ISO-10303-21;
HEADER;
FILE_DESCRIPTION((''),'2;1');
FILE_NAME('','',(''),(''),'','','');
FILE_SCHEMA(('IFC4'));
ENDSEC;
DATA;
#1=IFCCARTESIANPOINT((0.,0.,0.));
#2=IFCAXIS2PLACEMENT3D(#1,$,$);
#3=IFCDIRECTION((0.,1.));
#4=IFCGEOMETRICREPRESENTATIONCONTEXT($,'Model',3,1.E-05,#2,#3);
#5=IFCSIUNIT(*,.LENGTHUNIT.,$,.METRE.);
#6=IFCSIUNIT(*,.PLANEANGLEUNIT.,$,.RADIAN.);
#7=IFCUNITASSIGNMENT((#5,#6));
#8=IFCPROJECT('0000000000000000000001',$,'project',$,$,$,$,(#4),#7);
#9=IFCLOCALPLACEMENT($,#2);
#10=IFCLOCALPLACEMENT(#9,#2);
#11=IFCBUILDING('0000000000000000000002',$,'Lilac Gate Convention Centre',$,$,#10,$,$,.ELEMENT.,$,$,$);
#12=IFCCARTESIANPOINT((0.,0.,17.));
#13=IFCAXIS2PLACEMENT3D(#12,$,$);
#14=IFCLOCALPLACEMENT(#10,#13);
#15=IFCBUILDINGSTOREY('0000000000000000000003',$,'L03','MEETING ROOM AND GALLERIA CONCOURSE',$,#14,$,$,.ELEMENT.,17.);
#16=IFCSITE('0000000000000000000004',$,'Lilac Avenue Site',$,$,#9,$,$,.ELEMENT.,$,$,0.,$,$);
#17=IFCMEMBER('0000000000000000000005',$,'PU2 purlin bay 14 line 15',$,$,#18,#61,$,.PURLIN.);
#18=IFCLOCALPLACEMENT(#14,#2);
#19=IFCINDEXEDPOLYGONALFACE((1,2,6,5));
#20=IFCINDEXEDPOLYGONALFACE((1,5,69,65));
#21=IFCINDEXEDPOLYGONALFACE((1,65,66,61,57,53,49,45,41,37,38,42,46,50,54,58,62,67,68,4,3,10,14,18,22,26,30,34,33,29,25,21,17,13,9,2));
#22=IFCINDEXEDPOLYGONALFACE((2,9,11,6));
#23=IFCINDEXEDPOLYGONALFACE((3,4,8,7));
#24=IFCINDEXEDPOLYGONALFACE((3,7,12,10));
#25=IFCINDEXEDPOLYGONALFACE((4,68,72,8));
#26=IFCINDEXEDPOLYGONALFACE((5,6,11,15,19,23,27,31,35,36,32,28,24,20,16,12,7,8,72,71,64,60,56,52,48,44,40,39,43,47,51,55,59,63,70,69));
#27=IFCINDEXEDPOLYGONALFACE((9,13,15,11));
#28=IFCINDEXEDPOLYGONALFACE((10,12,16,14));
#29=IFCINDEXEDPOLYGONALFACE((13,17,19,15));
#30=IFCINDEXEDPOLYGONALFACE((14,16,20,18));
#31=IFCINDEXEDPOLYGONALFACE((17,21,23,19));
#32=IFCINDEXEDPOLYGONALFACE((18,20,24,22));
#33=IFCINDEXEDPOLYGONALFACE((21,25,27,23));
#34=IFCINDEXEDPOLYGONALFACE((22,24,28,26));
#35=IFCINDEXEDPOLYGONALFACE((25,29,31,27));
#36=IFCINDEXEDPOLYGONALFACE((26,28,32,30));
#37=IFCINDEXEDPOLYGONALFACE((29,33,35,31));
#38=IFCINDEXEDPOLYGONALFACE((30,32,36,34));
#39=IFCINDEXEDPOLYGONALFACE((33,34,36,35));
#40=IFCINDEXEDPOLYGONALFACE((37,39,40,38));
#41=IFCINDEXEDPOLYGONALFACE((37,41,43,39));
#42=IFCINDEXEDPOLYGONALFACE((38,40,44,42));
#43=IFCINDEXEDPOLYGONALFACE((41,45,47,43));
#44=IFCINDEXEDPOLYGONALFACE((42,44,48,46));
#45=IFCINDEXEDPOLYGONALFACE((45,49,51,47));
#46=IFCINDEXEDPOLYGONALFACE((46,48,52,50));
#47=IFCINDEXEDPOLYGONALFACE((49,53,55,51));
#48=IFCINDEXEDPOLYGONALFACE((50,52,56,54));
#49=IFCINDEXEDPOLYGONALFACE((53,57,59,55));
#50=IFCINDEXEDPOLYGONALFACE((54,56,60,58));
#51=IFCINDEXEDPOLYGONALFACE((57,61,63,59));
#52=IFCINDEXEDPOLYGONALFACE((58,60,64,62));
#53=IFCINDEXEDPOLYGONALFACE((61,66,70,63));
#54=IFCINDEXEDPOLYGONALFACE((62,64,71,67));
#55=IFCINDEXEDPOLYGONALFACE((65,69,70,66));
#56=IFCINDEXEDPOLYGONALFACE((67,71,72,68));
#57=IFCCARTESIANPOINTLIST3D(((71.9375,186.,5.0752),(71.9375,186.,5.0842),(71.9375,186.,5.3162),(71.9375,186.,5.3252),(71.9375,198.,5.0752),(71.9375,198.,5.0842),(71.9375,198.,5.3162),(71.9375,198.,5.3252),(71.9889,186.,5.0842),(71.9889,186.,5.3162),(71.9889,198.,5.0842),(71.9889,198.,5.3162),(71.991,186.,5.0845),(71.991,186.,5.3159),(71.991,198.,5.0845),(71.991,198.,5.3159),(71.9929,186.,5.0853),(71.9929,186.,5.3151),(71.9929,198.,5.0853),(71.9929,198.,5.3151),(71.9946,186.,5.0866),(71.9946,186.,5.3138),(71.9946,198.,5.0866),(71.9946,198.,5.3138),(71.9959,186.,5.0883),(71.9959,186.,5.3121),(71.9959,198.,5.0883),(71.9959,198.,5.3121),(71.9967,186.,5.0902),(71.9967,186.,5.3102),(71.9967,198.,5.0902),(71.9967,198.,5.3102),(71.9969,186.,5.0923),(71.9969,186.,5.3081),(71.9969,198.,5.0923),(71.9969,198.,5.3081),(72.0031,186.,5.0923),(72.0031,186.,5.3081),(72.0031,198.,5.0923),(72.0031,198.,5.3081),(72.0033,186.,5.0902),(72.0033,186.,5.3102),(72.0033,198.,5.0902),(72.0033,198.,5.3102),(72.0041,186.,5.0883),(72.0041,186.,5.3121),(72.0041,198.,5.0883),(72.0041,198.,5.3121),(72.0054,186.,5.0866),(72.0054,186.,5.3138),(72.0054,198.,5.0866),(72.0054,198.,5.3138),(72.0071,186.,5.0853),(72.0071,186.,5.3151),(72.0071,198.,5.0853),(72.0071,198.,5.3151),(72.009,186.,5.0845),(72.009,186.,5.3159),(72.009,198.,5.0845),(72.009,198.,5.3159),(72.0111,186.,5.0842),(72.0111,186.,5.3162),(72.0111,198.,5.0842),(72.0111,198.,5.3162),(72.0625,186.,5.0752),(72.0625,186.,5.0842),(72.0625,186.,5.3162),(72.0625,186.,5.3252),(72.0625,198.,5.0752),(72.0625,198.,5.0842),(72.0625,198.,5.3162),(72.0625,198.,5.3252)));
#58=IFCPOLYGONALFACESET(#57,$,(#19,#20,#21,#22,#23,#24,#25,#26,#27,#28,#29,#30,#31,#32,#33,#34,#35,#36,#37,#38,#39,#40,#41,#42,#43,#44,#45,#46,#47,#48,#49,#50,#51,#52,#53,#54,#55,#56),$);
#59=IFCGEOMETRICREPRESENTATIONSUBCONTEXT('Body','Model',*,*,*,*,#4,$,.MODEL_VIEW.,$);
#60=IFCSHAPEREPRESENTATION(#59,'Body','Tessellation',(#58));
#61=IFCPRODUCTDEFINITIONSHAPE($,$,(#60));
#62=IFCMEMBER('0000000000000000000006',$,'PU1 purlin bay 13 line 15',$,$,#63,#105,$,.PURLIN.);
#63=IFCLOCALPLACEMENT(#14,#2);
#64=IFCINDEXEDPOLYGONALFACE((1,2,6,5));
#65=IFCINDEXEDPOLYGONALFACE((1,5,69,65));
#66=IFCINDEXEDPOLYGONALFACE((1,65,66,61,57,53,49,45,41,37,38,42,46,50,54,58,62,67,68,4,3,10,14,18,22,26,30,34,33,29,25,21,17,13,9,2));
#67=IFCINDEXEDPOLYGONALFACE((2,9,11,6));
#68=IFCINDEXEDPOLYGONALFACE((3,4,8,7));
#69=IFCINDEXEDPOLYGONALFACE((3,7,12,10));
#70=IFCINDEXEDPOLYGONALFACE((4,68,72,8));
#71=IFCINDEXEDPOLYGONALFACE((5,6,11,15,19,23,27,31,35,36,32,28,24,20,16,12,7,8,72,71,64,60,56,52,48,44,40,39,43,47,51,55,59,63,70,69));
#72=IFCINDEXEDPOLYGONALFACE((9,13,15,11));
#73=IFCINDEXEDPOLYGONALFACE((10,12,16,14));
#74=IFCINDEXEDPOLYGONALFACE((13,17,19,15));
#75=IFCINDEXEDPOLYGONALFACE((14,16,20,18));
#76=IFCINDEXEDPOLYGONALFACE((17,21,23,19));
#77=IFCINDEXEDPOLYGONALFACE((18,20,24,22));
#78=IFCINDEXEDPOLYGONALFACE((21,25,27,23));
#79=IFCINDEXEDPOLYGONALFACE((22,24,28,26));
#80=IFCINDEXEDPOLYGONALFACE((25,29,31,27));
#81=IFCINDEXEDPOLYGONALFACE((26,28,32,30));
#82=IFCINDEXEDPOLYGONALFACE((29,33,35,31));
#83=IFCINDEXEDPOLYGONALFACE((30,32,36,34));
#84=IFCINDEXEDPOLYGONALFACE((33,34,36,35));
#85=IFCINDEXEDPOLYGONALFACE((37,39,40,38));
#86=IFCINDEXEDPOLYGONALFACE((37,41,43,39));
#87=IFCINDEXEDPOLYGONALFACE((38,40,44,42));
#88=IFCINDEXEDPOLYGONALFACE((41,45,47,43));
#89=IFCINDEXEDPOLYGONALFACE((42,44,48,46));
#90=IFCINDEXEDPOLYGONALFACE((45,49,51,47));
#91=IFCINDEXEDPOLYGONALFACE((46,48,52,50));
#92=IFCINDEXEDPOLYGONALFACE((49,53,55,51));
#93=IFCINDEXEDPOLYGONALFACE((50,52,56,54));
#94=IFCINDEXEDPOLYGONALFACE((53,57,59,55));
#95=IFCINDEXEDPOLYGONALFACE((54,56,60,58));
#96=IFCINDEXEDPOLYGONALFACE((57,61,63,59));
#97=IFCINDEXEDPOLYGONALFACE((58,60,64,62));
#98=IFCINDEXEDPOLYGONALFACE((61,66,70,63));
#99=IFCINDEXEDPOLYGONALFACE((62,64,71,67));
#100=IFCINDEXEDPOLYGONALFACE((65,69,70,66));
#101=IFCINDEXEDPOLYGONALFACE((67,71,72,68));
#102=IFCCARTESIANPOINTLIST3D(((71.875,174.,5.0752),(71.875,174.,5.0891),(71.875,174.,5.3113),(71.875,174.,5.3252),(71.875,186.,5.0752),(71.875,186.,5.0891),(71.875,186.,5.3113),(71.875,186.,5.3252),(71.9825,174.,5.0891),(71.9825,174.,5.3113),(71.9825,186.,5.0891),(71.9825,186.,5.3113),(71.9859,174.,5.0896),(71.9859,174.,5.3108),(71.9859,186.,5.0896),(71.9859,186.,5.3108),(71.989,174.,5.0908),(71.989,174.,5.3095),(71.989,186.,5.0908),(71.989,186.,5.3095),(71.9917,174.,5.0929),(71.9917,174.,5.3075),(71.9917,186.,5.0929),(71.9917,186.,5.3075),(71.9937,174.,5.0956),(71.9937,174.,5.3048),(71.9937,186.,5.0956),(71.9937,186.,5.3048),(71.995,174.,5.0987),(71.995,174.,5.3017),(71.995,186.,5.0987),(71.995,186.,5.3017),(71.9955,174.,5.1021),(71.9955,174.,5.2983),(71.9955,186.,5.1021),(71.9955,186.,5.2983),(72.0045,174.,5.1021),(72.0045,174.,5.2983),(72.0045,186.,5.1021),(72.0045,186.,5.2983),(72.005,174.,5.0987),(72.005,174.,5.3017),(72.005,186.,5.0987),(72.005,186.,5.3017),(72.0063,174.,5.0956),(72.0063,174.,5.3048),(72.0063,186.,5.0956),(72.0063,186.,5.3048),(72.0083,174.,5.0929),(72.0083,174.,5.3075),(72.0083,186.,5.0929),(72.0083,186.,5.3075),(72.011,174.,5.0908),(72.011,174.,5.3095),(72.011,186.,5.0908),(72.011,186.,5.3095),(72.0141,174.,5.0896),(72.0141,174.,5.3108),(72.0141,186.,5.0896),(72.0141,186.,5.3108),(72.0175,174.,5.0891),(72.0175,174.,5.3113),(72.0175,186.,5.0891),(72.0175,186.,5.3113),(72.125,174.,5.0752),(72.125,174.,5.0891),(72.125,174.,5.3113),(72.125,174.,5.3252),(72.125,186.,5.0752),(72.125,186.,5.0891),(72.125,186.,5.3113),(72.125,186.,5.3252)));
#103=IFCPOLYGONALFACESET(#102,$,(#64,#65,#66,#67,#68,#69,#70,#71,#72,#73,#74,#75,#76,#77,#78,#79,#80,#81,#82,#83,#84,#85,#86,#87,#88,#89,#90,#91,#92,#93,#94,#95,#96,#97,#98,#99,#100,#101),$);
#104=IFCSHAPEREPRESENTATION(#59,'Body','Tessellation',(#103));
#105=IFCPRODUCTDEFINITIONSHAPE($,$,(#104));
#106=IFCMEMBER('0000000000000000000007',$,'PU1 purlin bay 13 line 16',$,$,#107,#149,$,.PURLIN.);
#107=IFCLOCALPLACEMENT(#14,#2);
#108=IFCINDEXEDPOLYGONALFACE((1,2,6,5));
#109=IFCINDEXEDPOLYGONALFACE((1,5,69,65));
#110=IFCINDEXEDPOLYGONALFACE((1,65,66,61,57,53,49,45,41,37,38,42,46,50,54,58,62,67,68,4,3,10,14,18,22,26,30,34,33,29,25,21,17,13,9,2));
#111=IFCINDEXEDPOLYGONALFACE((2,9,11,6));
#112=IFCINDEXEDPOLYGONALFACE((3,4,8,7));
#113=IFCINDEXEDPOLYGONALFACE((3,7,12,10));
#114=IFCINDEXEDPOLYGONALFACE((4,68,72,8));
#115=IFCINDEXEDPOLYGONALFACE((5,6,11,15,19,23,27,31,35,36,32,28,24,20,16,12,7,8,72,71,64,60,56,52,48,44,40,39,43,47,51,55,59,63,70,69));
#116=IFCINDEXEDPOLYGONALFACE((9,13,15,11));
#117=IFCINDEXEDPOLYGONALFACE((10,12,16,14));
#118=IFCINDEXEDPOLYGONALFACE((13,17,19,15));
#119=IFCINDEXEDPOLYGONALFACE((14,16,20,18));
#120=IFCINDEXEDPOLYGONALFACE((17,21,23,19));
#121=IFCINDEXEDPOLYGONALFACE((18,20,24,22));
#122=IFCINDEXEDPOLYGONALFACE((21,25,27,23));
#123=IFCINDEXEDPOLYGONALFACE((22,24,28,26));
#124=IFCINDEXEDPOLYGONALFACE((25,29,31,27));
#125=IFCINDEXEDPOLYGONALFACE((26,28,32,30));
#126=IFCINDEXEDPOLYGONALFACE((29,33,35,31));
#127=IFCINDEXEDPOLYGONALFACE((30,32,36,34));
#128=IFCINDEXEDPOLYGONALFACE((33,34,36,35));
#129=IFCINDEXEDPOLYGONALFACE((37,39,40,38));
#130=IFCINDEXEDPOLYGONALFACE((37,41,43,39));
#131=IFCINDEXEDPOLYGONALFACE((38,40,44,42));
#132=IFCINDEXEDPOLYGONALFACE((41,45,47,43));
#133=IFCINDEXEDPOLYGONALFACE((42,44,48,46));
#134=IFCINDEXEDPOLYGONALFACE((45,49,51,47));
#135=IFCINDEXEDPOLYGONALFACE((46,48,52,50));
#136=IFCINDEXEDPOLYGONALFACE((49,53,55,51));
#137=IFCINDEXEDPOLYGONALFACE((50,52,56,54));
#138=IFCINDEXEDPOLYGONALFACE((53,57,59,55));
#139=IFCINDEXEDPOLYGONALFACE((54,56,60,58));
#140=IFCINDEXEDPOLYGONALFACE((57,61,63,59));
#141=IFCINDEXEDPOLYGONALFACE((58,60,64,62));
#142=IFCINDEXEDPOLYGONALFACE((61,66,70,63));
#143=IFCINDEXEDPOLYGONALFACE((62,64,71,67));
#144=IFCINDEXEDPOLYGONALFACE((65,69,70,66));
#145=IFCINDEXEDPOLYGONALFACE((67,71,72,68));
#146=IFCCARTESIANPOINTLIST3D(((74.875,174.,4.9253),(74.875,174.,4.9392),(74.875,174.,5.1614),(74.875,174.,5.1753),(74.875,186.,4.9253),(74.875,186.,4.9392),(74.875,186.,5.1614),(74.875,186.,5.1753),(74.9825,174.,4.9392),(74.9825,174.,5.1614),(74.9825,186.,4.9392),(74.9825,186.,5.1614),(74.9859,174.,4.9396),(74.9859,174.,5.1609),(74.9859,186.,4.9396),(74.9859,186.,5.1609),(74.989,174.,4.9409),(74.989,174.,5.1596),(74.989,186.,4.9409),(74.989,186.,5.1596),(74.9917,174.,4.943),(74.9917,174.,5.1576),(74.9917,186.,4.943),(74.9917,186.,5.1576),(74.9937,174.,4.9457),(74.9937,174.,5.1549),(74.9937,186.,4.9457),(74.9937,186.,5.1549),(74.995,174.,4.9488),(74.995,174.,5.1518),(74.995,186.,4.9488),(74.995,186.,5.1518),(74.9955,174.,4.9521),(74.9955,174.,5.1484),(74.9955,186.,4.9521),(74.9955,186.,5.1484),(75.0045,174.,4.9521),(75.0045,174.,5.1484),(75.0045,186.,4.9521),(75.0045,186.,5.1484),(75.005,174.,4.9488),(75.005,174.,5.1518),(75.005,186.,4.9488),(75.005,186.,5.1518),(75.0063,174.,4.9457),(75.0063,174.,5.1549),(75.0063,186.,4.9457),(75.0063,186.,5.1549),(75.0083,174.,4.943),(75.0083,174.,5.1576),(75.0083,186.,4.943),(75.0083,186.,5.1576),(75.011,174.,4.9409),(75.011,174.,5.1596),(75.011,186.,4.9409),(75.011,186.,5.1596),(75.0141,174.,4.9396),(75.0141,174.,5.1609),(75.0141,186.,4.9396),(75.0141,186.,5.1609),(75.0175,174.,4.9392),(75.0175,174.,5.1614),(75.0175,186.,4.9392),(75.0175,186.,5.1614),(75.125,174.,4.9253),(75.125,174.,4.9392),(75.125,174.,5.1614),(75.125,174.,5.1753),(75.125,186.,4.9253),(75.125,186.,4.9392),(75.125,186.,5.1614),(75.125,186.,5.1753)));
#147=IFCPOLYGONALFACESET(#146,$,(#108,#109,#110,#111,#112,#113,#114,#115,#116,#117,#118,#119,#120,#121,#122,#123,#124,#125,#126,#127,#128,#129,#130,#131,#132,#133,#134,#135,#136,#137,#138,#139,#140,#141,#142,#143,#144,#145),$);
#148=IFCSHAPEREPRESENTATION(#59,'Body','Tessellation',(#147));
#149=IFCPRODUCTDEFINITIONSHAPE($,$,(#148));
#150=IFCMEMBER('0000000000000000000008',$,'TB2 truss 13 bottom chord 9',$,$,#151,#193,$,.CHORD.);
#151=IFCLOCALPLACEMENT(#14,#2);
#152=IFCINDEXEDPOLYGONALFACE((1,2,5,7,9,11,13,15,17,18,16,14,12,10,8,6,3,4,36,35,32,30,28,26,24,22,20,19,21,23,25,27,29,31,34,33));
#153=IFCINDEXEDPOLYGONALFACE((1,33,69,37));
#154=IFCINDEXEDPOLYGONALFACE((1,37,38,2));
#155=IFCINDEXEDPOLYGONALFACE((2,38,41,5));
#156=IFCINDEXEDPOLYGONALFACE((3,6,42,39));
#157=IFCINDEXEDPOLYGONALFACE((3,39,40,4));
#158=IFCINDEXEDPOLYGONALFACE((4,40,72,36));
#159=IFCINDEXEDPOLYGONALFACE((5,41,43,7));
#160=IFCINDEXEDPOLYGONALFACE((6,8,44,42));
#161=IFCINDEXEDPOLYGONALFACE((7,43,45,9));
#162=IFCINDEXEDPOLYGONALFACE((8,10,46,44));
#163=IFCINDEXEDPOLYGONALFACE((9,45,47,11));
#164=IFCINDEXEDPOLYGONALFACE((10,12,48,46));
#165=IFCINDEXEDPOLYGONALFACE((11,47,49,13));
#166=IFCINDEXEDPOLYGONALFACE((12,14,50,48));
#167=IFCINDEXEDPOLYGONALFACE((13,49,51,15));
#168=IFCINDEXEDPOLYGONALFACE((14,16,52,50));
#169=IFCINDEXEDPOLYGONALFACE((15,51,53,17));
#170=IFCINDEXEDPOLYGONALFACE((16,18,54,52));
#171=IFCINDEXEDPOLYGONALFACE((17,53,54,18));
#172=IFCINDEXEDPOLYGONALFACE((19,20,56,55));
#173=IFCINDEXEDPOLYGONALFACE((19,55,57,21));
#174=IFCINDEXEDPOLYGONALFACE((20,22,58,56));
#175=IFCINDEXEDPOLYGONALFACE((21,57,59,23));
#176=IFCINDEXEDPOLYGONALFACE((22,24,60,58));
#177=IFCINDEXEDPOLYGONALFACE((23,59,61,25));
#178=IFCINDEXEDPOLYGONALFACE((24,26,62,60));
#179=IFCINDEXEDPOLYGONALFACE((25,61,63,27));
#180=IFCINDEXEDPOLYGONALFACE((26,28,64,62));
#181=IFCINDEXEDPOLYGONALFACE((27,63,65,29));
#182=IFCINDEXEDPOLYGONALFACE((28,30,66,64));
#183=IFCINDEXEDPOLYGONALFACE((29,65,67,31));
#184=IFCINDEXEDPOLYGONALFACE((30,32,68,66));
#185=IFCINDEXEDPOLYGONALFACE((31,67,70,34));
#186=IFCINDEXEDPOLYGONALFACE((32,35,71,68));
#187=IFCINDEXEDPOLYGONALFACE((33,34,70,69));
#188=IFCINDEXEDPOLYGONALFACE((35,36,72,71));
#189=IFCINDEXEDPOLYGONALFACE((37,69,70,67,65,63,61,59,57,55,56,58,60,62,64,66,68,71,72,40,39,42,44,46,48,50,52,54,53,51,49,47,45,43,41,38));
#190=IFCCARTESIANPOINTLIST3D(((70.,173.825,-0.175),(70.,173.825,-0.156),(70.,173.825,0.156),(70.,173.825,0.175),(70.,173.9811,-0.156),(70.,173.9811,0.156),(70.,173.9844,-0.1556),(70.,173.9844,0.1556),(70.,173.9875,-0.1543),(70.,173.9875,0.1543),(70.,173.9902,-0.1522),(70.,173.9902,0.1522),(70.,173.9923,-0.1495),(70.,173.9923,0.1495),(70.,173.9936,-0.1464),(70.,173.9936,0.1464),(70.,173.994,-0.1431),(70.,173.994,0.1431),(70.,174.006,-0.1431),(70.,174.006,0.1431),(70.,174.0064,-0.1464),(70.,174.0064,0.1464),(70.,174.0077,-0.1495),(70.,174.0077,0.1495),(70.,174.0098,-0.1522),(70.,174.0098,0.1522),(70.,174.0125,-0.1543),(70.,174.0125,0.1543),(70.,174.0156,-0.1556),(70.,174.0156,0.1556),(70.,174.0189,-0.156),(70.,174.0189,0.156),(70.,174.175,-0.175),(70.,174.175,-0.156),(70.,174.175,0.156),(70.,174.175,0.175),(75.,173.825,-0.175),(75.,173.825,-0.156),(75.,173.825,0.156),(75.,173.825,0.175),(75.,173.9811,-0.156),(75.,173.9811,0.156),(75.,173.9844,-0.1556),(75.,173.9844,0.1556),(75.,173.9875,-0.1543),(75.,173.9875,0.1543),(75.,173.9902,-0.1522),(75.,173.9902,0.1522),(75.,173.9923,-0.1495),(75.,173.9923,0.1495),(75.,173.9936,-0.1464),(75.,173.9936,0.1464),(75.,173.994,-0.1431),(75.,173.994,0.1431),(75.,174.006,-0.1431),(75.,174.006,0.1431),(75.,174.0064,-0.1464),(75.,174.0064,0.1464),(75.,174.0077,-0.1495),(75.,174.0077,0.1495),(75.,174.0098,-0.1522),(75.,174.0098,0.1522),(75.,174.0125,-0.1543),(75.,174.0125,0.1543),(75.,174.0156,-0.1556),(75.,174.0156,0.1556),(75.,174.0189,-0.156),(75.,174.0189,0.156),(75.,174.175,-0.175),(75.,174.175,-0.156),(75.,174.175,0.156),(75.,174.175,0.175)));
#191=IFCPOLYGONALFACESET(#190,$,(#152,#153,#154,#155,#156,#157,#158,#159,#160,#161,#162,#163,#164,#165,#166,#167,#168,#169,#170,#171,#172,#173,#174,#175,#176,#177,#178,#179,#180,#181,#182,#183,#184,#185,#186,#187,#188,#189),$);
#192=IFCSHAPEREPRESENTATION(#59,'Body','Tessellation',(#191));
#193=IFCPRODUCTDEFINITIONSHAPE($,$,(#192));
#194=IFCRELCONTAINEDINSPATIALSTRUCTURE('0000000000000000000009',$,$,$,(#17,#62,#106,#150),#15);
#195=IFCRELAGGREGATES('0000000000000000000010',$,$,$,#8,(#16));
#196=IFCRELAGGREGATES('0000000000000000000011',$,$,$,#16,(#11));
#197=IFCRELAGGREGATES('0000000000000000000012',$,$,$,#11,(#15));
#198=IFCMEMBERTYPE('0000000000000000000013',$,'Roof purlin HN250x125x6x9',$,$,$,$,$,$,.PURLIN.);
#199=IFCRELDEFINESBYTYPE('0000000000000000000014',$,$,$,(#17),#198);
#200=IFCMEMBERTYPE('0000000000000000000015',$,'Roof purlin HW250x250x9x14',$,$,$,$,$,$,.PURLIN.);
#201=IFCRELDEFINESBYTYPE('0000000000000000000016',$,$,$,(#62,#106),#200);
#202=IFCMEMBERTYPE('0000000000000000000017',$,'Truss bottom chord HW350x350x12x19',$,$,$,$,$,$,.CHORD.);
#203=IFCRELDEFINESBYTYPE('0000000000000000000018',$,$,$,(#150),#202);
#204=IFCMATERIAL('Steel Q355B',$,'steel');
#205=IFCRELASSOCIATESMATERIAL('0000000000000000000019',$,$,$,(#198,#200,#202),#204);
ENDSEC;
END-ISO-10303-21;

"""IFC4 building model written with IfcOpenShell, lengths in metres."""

from ifc_helpers import new_model, si_unit, direction, frame, origin, origin_2d, place, context, subcontext, project, spatial, i_section, extrude, material, material_profile, profile_set, type_object, element, save


model = new_model("IFC4")

# Units and contexts
model_context = context("Model", 3, precision=1e-05, world=origin(), true_north=direction((0.0, 1.0)))
body_context = subcontext(model_context, "Body", "Model", "MODEL_VIEW")
ifc_project = project(units=[si_unit("LENGTHUNIT", "METRE"), si_unit("PLANEANGLEUNIT", "RADIAN")], contexts=[model_context])

# Site, building, storey
site_placement = place(None, origin())
site = spatial("IfcSite", under=ifc_project, at=site_placement, Name="Lilac Avenue Site", CompositionType="ELEMENT", RefElevation=0.0)
building_placement = place(site_placement, origin())
building = spatial("IfcBuilding", under=site, at=building_placement, Name="Lilac Gate Convention Centre", CompositionType="ELEMENT")
storey_placement = place(building_placement, frame((0.0, 0.0, 17.0)))
storey = spatial("IfcBuildingStorey", under=building, at=storey_placement, Name="L03", Description="MEETING ROOM AND GALLERIA CONCOURSE", CompositionType="ELEMENT", Elevation=17.0)

# Members
ifc_material = material(Name="Steel Q355B", Category="steel")
ifc_material_profile_1 = material_profile(ifc_material, i_section(OverallWidth=0.125, OverallDepth=0.25, WebThickness=0.0061, FlangeThickness=0.009, FilletRadius=0.0081, at=origin_2d()), Name="HN250x125x6x9")
ifc_profile_set_1 = profile_set([ifc_material_profile_1], Name="Steel Q355B")
member_type_1 = type_object("IfcMemberType", Name="Roof purlin HN250x125x6x9", PredefinedType="PURLIN", material=ifc_profile_set_1)
member_1_placement = place(storey_placement, frame((72.0, 186.0, 5.2002), z_axis=(0.0, 1.0, 0.0), x_axis=(-1.0, 0.0, 0.0)))
element("IfcMember", 1, at=member_1_placement, inside=storey, type_object=member_type_1, Name="PU2 purlin bay 14 line 15", PredefinedType="PURLIN", context=body_context, shape_type="SweptSolid", body=[
    extrude(i_section(OverallWidth=0.125, OverallDepth=0.25, WebThickness=0.0061, FlangeThickness=0.009, FilletRadius=0.0081, at=origin_2d()), origin(), (0.0, 0.0, 1.0), 12.0),
])
ifc_material_profile_2 = material_profile(ifc_material, i_section(OverallWidth=0.25, OverallDepth=0.25, WebThickness=0.009, FlangeThickness=0.0139, FilletRadius=0.0129, at=origin_2d()), Name="HW250x250x9x14")
ifc_profile_set_2 = profile_set([ifc_material_profile_2], Name="Steel Q355B")
member_type_2 = type_object("IfcMemberType", Name="Roof purlin HW250x250x9x14", PredefinedType="PURLIN", material=ifc_profile_set_2)
for number, where, z_axis, x_axis, name in (
    (2, (72.0, 174.0, 5.2002), (0.0, 1.0, 0.0), (-1.0, 0.0, 0.0), "PU1 purlin bay 13 line 15"),
    (3, (75.0, 174.0, 5.0503), (0.0, 1.0, 0.0), (-1.0, 0.0, 0.0), "PU1 purlin bay 13 line 16"),
):
    element("IfcMember", number, at=place(storey_placement, frame(where, z_axis=z_axis, x_axis=x_axis)), inside=storey, type_object=member_type_2, Name=name, PredefinedType="PURLIN", context=body_context, shape_type="SweptSolid", body=[
        extrude(i_section(OverallWidth=0.25, OverallDepth=0.25, WebThickness=0.009, FlangeThickness=0.0139, FilletRadius=0.0129, at=origin_2d()), origin(), (0.0, 0.0, 1.0), 12.0),
    ])
ifc_material_profile_3 = material_profile(ifc_material, i_section(OverallWidth=0.3501, OverallDepth=0.3501, WebThickness=0.012, FlangeThickness=0.019, FilletRadius=0.0129, at=origin_2d()), Name="HW350x350x12x19")
ifc_profile_set_3 = profile_set([ifc_material_profile_3], Name="Steel Q355B")
member_type_3 = type_object("IfcMemberType", Name="Truss bottom chord HW350x350x12x19", PredefinedType="CHORD", material=ifc_profile_set_3)
for number, where, z_axis, x_axis, name in (
    (4, (70.0, 174.0, 0.0), (1.0, 0.0, 0.0), (0.0, 1.0, 0.0), "TB2 truss 13 bottom chord 9"),
):
    element("IfcMember", number, at=place(storey_placement, frame(where, z_axis=z_axis, x_axis=x_axis)), inside=storey, type_object=member_type_3, Name=name, PredefinedType="CHORD", context=body_context, shape_type="SweptSolid", body=[
        extrude(i_section(OverallWidth=0.3501, OverallDepth=0.3501, WebThickness=0.012, FlangeThickness=0.019, FilletRadius=0.0129, at=origin_2d()), origin(), (0.0, 0.0, 1.0), 5.0),
    ])

save(model, "model.ifc")
